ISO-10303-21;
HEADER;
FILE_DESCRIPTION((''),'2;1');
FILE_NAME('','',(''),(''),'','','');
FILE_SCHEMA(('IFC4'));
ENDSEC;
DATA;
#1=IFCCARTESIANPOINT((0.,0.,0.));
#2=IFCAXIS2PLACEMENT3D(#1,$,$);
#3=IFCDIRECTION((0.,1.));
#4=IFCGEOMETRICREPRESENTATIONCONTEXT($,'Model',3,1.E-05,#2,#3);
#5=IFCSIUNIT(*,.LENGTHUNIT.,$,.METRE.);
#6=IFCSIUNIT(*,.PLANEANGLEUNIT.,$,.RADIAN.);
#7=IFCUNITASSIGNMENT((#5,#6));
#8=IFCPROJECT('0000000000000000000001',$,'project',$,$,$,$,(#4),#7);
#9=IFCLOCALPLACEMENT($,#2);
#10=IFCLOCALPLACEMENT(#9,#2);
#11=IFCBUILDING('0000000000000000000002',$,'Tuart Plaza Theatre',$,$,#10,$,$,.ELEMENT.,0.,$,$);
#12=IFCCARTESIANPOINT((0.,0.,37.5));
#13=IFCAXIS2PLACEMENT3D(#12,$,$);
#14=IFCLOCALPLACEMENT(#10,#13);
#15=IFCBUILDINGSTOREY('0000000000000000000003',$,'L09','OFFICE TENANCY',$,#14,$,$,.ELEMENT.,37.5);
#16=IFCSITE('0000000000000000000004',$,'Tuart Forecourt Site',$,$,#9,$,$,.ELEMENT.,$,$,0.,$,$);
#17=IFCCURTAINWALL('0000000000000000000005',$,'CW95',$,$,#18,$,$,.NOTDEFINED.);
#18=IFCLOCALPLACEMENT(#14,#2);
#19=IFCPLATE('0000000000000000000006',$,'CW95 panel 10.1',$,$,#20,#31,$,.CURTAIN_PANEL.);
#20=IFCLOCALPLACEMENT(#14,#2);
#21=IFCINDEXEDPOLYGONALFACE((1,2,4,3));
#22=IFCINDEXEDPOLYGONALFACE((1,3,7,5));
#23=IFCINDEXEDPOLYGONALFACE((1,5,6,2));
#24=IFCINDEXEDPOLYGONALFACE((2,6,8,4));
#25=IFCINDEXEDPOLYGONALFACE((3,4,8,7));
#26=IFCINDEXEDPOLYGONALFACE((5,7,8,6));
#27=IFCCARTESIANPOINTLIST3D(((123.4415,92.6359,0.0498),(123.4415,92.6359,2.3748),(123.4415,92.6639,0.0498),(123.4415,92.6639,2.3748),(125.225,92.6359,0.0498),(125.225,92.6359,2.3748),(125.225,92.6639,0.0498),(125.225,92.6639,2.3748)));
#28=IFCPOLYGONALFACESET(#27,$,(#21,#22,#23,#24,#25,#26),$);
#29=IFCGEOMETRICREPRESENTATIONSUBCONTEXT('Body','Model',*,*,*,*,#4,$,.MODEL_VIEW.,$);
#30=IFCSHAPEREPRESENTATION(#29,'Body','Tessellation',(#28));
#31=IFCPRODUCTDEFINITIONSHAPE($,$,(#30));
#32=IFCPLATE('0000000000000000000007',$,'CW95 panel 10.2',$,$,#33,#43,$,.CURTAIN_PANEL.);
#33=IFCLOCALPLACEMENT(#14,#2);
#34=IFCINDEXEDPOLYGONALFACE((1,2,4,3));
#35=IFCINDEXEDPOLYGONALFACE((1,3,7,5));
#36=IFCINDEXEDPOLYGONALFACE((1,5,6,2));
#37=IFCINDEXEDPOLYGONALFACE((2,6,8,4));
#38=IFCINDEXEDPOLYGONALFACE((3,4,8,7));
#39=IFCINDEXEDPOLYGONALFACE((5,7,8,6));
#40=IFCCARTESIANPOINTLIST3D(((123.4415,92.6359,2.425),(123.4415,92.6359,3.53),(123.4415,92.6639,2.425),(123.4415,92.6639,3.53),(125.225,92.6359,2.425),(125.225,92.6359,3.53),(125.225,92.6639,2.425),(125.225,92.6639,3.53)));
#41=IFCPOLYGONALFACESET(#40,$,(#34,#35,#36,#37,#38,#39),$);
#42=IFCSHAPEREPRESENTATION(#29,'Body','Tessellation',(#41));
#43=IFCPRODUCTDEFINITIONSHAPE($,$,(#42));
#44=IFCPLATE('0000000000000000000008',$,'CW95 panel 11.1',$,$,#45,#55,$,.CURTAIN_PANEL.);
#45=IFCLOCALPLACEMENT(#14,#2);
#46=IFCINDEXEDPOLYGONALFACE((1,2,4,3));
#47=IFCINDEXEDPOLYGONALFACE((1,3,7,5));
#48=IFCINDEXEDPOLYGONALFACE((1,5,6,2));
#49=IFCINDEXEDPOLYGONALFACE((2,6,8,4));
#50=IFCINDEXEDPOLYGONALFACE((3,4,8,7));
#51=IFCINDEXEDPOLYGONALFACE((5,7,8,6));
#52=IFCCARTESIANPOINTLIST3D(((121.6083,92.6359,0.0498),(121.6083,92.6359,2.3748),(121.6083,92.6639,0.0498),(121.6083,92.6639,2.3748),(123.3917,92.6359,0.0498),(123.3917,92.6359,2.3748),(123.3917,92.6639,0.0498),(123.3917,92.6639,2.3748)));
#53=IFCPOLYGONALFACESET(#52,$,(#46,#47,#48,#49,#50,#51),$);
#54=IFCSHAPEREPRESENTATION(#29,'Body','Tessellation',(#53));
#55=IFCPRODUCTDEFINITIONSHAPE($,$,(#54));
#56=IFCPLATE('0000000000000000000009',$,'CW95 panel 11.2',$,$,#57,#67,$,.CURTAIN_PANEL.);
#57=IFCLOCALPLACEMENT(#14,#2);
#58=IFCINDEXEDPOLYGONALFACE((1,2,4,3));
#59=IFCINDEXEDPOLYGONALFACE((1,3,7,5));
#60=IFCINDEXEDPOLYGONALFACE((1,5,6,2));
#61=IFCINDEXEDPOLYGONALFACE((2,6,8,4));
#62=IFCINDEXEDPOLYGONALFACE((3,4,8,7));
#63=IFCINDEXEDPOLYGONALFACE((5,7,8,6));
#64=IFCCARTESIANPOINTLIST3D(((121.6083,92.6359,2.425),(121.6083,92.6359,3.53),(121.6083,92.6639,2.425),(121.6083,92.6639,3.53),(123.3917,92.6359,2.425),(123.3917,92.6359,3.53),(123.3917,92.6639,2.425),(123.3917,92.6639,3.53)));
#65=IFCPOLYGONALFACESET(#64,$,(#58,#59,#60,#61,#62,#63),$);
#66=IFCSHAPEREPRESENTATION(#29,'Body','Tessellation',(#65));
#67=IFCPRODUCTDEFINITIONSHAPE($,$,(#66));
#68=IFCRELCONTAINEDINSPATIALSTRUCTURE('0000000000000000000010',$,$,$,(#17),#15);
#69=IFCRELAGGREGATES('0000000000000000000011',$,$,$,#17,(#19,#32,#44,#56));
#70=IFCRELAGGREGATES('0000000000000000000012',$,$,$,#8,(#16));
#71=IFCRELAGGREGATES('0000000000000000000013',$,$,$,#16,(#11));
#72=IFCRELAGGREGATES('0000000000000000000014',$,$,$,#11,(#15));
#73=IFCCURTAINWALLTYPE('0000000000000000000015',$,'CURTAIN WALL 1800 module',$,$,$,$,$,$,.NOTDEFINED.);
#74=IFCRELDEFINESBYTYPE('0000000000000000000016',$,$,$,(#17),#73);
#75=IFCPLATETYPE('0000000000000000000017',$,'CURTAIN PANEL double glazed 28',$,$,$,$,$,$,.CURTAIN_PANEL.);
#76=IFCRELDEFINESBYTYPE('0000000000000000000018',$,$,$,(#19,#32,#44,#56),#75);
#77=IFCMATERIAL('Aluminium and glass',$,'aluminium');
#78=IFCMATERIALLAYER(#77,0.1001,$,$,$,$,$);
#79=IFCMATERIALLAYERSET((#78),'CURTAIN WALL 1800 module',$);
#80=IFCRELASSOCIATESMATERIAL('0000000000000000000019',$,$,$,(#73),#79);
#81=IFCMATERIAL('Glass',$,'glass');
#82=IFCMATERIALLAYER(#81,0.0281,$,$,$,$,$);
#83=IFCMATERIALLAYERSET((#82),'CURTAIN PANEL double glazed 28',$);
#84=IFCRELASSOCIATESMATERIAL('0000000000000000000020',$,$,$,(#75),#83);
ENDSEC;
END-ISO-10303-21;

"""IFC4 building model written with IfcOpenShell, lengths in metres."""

from ifc_helpers import new_model, si_unit, direction, frame, origin, origin_2d, place, context, subcontext, project, spatial, rectangle, extrude, material, layer, layer_set, type_object, element, aggregate, save


model = new_model("IFC4")

# Units and contexts
model_context = context("Model", 3, precision=1e-05, world=origin(), true_north=direction((0.0, 1.0)))
body_context = subcontext(model_context, "Body", "Model", "MODEL_VIEW")
ifc_project = project(units=[si_unit("LENGTHUNIT", "METRE"), si_unit("PLANEANGLEUNIT", "RADIAN")], contexts=[model_context])

# Site, building, storey
site_placement = place(None, origin())
site = spatial("IfcSite", under=ifc_project, at=site_placement, Name="Tuart Forecourt Site", CompositionType="ELEMENT", RefElevation=0.0)
building_placement = place(site_placement, origin())
building = spatial("IfcBuilding", under=site, at=building_placement, Name="Tuart Plaza Theatre", CompositionType="ELEMENT", ElevationOfRefHeight=0.0)
storey_placement = place(building_placement, frame((0.0, 0.0, 37.5)))
storey = spatial("IfcBuildingStorey", under=building, at=storey_placement, Name="L09", Description="OFFICE TENANCY", CompositionType="ELEMENT", Elevation=37.5)

# Curtain wall, plates
ifc_material_1 = material(Name="Aluminium and glass", Category="aluminium")
ifc_layer_1 = layer(ifc_material_1, 0.1001)
ifc_layer_set_1 = layer_set([ifc_layer_1], Name="CURTAIN WALL 1800 module")
curtain_wall_type = type_object("IfcCurtainWallType", Name="CURTAIN WALL 1800 module", PredefinedType="NOTDEFINED", material=ifc_layer_set_1)
curtain_wall_placement = place(storey_placement, origin())
curtain_wall = element("IfcCurtainWall", 1, at=curtain_wall_placement, inside=storey, type_object=curtain_wall_type, Name="CW95", PredefinedType="NOTDEFINED")
ifc_material_2 = material(Name="Glass", Category="glass")
ifc_layer_2 = layer(ifc_material_2, 0.0281)
ifc_layer_set_2 = layer_set([ifc_layer_2], Name="CURTAIN PANEL double glazed 28")
plate_type = type_object("IfcPlateType", Name="CURTAIN PANEL double glazed 28", PredefinedType="CURTAIN_PANEL", material=ifc_layer_set_2)
plate_1_placement = place(storey_placement, frame((124.3333, 92.6499, 0.0498), z_axis=(0.0, 0.0, 1.0), x_axis=(-1.0, 0.0, 0.0)))
plate_1 = element("IfcPlate", 2, at=plate_1_placement, type_object=plate_type, Name="CW95 panel 10.1", PredefinedType="CURTAIN_PANEL", context=body_context, shape_type="SweptSolid", body=[
    extrude(rectangle(XDim=1.7834, YDim=0.0281, at=origin_2d()), origin(), (0.0, 0.0, 1.0), 2.325),
])
plate_2_placement = place(storey_placement, frame((124.3333, 92.6499, 2.425), z_axis=(0.0, 0.0, 1.0), x_axis=(-1.0, 0.0, 0.0)))
plate_2 = element("IfcPlate", 3, at=plate_2_placement, type_object=plate_type, Name="CW95 panel 10.2", PredefinedType="CURTAIN_PANEL", context=body_context, shape_type="SweptSolid", body=[
    extrude(rectangle(XDim=1.7834, YDim=0.0281, at=origin_2d()), origin(), (0.0, 0.0, 1.0), 1.105),
])
plate_3_placement = place(storey_placement, frame((122.5, 92.6499, 0.0498), z_axis=(0.0, 0.0, 1.0), x_axis=(-1.0, 0.0, 0.0)))
plate_3 = element("IfcPlate", 4, at=plate_3_placement, type_object=plate_type, Name="CW95 panel 11.1", PredefinedType="CURTAIN_PANEL", context=body_context, shape_type="SweptSolid", body=[
    extrude(rectangle(XDim=1.7834, YDim=0.0281, at=origin_2d()), origin(), (0.0, 0.0, 1.0), 2.325),
])
plate_4_placement = place(storey_placement, frame((122.5, 92.6499, 2.425), z_axis=(0.0, 0.0, 1.0), x_axis=(-1.0, 0.0, 0.0)))
plate_4 = element("IfcPlate", 5, at=plate_4_placement, type_object=plate_type, Name="CW95 panel 11.2", PredefinedType="CURTAIN_PANEL", context=body_context, shape_type="SweptSolid", body=[
    extrude(rectangle(XDim=1.7834, YDim=0.0281, at=origin_2d()), origin(), (0.0, 0.0, 1.0), 1.105),
])
aggregate(curtain_wall, [plate_1, plate_2, plate_3, plate_4])

save(model, "model.ifc")
